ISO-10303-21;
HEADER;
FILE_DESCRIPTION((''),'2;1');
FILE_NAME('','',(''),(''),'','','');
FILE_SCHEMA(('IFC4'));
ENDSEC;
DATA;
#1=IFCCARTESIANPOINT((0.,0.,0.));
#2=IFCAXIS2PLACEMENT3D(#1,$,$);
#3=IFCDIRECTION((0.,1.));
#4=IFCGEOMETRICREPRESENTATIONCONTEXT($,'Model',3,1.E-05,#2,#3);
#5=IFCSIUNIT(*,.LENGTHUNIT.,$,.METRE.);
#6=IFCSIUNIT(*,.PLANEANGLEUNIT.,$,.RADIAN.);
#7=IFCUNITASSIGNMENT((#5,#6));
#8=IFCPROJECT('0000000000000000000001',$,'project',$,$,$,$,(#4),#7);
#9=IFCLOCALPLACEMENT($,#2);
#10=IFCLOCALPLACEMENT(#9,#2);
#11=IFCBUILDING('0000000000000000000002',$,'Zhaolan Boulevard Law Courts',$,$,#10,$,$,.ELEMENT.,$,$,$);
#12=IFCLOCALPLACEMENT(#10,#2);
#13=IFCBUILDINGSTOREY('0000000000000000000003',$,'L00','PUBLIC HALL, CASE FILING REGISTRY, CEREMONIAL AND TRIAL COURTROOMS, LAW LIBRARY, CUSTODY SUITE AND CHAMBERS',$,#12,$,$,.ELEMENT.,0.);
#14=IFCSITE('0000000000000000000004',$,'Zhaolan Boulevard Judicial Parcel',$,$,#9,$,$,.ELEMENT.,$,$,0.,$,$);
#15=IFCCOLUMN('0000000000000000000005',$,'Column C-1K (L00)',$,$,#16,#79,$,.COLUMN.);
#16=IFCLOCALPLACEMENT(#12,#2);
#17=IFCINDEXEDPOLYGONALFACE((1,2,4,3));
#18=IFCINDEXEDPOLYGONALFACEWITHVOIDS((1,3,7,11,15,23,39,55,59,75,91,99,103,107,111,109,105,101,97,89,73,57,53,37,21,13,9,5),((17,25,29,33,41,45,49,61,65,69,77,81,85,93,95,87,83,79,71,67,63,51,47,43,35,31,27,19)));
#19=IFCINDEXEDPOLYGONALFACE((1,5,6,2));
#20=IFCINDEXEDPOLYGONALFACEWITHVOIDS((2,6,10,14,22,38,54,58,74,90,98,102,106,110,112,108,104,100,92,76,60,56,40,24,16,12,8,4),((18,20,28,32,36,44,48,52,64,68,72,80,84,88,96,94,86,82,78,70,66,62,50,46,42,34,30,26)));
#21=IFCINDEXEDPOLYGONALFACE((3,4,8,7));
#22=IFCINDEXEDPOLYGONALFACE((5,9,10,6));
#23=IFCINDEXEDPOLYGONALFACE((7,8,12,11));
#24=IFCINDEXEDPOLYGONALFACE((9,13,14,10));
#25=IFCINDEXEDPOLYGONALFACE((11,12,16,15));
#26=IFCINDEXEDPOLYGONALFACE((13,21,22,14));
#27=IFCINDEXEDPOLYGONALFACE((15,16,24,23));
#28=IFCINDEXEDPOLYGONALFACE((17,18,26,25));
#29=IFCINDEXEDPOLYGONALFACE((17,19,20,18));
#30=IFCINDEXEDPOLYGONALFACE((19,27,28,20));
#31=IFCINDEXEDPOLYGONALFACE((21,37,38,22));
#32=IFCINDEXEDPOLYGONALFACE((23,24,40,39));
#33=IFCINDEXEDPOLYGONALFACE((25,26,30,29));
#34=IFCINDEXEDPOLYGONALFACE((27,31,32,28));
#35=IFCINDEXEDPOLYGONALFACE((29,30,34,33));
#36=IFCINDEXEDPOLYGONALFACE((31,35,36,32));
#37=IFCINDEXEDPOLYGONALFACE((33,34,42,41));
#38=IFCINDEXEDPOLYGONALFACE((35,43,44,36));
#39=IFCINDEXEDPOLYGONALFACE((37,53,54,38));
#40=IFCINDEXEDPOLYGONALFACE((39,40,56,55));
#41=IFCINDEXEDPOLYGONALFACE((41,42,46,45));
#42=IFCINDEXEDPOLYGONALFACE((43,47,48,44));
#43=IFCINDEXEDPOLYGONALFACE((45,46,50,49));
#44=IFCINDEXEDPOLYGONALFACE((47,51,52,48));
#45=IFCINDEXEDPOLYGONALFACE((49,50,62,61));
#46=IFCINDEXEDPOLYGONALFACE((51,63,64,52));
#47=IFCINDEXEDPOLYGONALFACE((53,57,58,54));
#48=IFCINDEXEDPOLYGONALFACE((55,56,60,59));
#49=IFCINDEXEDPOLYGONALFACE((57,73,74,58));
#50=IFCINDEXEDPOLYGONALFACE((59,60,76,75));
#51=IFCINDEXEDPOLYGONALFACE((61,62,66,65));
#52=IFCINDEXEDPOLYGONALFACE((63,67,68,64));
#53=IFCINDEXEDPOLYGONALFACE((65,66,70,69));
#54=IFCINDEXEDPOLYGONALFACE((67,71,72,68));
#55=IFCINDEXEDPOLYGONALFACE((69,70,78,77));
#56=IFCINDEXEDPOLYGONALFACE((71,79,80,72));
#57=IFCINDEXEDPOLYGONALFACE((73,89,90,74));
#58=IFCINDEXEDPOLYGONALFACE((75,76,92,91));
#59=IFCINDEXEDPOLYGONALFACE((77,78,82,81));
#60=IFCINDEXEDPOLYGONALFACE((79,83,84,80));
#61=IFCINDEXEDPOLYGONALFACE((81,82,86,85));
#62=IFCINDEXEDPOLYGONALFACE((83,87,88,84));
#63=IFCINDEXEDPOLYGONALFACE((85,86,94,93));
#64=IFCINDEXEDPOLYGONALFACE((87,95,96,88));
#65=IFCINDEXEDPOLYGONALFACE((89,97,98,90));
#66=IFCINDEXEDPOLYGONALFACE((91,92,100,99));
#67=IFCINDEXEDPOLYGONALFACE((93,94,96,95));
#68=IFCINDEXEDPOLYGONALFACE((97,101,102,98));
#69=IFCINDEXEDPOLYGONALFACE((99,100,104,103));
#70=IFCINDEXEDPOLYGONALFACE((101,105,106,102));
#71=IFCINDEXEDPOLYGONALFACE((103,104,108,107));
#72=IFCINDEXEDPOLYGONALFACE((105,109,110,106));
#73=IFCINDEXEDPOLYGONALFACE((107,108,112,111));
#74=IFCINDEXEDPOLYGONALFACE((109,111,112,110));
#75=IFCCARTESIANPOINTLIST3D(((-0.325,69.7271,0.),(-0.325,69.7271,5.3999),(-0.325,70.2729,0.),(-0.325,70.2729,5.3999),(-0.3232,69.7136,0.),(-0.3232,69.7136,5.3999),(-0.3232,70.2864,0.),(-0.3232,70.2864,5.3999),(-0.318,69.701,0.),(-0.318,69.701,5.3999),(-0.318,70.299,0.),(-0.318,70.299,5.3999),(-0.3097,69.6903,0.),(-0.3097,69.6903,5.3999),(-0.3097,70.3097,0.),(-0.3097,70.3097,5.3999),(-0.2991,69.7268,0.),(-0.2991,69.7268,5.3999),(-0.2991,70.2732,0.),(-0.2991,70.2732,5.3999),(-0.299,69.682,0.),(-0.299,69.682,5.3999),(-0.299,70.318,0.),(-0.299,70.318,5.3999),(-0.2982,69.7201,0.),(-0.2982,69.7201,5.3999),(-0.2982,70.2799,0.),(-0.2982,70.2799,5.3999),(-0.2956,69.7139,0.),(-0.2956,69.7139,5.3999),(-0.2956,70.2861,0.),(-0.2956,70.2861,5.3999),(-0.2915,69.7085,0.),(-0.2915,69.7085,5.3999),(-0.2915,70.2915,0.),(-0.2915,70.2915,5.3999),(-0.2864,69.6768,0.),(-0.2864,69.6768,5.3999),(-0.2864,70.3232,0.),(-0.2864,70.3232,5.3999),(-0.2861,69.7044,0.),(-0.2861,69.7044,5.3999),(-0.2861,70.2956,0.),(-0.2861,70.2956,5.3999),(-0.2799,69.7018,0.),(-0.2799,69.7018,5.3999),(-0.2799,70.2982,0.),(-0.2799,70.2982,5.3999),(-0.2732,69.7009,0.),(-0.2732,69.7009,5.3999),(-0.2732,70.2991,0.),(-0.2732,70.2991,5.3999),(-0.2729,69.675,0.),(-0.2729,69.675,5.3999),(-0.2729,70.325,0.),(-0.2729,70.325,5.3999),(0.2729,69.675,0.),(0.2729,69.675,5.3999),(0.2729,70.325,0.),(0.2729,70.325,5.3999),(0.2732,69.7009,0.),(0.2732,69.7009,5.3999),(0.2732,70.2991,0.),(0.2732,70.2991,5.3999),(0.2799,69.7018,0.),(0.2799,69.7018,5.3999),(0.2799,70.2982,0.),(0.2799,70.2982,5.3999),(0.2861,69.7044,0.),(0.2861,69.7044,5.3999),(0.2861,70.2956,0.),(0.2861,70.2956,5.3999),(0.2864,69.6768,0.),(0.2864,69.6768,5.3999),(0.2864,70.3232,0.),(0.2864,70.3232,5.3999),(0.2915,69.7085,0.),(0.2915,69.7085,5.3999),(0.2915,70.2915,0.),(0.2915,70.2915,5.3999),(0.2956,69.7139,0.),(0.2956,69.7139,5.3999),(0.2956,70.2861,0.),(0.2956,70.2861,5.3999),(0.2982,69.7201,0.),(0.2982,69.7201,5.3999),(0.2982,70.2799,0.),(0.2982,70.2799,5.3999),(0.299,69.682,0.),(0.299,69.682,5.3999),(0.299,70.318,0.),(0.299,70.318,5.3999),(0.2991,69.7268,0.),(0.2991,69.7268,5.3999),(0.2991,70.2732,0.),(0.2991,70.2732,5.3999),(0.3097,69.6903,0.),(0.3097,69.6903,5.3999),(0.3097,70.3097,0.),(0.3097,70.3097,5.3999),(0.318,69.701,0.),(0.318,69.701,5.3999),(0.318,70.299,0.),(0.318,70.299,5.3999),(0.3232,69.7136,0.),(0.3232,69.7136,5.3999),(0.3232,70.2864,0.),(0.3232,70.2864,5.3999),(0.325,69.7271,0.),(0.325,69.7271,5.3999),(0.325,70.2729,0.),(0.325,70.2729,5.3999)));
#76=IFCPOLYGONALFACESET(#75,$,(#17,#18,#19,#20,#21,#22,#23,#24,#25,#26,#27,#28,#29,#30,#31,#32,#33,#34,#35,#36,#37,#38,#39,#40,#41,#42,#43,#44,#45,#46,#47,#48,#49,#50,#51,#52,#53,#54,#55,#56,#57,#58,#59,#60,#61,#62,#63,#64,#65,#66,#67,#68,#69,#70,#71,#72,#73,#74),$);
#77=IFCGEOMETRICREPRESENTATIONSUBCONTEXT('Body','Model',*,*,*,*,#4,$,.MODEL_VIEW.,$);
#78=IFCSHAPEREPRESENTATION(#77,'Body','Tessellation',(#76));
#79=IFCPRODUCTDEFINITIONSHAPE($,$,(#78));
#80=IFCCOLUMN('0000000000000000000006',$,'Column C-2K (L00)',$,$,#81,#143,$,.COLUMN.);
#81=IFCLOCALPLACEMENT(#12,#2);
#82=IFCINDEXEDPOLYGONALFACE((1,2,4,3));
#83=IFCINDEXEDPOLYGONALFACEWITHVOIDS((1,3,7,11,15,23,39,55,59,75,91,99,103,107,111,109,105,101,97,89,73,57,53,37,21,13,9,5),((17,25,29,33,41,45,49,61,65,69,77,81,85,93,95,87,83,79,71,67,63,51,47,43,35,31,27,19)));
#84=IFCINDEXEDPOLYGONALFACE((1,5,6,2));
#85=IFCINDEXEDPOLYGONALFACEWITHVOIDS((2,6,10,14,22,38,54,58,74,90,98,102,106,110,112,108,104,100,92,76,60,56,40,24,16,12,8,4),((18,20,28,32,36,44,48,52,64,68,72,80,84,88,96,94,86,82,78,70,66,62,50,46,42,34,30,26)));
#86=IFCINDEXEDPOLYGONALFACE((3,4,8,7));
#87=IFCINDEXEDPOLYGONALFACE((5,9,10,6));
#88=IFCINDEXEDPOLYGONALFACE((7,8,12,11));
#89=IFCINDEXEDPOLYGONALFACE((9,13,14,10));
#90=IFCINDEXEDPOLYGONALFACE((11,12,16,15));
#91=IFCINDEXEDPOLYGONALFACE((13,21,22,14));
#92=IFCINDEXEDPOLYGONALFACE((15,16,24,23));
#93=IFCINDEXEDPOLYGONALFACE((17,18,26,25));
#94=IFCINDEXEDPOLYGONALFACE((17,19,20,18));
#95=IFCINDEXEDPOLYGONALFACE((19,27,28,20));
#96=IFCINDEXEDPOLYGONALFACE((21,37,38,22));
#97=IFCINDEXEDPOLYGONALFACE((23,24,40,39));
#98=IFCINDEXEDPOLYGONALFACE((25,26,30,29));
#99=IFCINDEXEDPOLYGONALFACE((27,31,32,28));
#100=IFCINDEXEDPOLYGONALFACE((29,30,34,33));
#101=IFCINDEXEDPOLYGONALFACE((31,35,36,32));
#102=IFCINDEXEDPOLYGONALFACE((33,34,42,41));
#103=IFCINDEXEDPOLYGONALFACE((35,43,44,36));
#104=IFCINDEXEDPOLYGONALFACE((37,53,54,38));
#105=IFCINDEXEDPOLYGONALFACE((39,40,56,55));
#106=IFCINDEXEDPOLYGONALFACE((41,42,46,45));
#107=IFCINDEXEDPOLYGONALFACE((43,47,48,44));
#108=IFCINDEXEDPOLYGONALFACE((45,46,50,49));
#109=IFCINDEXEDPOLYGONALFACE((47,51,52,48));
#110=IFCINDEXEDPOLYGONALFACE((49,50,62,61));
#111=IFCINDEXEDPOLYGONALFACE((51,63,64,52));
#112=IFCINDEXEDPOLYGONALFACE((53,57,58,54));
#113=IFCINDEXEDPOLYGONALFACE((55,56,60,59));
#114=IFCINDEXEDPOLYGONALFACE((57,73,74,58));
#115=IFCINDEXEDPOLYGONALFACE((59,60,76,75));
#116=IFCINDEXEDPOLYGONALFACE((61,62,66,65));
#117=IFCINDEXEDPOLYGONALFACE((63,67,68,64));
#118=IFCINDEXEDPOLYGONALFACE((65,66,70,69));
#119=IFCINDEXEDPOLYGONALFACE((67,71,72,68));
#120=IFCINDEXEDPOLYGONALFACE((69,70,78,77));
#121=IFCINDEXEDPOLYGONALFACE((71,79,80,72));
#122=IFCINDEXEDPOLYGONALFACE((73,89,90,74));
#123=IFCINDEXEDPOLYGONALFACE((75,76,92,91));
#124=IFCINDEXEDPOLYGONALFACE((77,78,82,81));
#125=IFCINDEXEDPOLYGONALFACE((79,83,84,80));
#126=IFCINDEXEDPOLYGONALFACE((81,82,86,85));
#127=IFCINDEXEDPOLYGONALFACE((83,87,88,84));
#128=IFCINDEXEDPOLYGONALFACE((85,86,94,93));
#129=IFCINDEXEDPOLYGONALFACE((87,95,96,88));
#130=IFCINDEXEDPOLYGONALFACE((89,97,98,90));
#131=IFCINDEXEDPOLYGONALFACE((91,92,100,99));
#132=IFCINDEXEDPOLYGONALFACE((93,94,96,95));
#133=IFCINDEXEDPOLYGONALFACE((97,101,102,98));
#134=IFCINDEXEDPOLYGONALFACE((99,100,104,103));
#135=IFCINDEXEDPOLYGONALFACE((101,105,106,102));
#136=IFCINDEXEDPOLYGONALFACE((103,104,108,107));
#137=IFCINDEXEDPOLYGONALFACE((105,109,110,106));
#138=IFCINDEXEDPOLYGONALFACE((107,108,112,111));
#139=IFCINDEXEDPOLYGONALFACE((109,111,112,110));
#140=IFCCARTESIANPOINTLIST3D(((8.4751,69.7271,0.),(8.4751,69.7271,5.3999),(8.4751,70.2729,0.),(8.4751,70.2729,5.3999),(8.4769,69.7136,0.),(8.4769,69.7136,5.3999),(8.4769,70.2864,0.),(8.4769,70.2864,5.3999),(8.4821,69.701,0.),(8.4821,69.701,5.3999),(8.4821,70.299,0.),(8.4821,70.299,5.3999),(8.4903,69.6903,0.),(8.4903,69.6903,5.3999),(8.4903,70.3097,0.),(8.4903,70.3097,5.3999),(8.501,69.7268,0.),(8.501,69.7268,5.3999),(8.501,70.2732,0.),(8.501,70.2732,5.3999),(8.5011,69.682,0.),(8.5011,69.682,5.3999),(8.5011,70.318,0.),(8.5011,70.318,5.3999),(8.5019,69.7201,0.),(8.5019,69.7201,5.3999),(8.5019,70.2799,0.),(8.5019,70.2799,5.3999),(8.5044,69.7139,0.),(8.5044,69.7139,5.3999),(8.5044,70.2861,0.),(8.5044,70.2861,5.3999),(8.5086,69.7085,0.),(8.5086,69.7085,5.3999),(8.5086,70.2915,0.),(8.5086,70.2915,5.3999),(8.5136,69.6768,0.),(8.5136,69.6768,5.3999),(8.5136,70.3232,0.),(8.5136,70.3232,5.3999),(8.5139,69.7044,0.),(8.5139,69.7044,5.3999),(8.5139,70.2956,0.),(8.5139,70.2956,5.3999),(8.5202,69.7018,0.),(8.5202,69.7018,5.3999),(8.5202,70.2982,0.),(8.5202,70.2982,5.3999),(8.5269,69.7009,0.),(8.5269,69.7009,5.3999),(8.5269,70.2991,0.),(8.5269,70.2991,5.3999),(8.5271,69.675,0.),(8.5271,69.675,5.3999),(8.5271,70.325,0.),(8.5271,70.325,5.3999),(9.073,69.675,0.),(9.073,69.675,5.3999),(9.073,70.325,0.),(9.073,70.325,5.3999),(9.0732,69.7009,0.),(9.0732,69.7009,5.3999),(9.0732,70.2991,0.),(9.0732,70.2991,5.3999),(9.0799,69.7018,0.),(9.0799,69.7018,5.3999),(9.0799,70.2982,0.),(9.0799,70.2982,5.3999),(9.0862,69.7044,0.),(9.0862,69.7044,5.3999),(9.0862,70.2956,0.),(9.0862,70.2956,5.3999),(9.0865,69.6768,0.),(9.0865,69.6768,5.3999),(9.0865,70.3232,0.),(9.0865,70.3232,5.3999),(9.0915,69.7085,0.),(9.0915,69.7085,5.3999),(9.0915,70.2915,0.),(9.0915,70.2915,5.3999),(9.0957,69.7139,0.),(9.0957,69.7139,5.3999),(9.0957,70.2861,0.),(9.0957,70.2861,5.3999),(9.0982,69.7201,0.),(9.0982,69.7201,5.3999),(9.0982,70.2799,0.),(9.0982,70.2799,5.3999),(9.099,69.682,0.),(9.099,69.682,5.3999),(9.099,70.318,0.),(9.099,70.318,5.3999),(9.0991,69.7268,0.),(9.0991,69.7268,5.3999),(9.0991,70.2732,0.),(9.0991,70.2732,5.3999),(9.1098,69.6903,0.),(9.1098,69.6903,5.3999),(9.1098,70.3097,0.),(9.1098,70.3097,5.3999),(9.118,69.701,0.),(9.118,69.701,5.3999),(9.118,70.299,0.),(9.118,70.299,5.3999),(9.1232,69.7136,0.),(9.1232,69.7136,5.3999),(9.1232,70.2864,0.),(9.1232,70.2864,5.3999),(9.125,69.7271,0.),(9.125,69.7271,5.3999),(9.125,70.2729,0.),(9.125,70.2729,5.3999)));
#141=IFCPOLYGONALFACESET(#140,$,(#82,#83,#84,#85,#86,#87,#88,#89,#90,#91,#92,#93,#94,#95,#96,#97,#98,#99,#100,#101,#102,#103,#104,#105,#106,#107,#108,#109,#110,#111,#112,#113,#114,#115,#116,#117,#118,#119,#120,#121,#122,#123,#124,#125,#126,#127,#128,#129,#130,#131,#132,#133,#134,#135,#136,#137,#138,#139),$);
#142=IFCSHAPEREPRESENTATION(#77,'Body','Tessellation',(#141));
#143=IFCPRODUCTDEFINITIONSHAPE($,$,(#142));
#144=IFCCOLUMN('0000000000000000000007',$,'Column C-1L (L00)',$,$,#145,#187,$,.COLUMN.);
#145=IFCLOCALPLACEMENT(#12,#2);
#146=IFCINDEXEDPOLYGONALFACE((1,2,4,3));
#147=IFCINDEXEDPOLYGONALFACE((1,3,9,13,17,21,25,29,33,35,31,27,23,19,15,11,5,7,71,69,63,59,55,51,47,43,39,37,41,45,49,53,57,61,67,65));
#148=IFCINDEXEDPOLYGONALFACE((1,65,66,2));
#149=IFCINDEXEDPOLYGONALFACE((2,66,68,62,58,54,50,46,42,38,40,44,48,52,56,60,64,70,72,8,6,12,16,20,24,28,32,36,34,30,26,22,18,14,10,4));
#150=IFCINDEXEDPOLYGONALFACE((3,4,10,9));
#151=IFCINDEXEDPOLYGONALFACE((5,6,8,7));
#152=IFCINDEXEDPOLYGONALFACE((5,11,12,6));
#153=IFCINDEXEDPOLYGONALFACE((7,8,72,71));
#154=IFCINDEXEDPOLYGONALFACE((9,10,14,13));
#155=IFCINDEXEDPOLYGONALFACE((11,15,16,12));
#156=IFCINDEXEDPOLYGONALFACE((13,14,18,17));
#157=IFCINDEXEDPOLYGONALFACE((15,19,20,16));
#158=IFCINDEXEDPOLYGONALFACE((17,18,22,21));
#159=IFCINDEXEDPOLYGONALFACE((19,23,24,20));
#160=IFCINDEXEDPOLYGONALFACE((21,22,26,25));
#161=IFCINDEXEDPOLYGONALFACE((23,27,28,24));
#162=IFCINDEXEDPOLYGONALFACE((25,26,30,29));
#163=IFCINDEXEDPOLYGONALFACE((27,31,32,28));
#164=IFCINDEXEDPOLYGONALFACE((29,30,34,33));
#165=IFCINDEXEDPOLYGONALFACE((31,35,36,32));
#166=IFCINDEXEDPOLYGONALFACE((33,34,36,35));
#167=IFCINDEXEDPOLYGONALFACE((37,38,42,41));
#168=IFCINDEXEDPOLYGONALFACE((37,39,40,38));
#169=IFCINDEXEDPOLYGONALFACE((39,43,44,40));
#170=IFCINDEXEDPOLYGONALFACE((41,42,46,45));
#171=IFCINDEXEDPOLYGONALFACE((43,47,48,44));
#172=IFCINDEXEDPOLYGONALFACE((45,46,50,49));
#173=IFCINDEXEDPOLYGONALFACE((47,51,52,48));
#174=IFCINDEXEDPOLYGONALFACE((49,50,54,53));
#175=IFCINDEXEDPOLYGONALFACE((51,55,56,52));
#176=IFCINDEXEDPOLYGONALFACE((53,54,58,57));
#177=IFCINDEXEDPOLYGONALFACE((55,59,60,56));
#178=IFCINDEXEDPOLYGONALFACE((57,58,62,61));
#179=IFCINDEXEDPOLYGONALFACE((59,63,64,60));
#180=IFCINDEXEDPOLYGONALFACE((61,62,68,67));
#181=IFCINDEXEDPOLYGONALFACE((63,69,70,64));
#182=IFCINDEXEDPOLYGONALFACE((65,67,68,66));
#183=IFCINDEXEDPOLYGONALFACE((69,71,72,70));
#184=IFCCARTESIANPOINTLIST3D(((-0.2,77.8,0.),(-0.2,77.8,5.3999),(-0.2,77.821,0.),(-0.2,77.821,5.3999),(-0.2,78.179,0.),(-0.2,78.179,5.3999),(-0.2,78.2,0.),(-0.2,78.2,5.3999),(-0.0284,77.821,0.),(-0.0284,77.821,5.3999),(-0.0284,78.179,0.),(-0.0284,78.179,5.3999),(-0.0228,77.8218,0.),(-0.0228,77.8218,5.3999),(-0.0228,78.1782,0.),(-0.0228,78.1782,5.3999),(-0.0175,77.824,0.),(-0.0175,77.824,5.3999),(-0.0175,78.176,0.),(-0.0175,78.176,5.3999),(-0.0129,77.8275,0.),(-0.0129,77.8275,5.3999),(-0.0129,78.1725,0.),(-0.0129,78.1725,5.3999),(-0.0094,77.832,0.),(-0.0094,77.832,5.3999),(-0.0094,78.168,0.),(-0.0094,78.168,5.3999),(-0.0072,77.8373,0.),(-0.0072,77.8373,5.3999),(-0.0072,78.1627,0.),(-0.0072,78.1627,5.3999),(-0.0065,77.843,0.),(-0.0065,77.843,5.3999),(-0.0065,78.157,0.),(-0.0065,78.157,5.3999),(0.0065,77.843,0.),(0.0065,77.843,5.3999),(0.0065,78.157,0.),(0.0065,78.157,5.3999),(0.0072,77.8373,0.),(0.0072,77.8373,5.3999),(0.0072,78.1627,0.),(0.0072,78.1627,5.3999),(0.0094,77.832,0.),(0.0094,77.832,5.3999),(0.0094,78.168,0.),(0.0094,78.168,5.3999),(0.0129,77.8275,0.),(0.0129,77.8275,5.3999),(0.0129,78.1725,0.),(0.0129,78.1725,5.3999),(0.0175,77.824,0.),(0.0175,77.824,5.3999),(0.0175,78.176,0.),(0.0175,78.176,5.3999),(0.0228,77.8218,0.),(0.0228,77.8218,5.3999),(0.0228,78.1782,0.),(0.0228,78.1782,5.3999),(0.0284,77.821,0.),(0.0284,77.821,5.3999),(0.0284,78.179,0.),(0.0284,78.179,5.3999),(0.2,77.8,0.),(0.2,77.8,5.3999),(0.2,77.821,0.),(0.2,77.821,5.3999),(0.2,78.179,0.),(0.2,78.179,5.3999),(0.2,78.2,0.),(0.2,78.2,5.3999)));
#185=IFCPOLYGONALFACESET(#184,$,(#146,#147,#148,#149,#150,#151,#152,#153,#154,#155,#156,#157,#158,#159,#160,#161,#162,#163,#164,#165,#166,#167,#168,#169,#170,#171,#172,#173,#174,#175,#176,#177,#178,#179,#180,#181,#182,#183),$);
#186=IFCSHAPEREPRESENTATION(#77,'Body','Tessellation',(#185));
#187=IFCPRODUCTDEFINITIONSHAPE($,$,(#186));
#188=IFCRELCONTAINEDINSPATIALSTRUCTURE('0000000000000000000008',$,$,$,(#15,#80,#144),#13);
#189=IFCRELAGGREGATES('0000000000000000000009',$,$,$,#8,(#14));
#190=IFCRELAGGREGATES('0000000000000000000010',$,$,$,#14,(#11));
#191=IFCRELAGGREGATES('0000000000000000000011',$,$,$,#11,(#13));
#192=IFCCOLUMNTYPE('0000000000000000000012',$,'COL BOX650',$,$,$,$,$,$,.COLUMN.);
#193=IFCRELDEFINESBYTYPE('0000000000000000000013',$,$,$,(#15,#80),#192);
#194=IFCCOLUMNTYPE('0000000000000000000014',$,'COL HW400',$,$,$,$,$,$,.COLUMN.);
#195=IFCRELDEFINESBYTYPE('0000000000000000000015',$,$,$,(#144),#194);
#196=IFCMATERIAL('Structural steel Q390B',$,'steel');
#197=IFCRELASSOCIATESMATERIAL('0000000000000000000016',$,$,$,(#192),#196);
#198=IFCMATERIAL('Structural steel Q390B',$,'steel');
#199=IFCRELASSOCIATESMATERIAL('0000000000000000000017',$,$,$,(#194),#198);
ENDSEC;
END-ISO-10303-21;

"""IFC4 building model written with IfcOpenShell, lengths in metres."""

from ifc_helpers import new_model, si_unit, direction, frame, origin, origin_2d, place, context, subcontext, project, spatial, hollow_rectangle, i_section, extrude, material, material_profile, profile_set, type_object, element, save


model = new_model("IFC4")

# Units and contexts
model_context = context("Model", 3, precision=1e-05, world=origin(), true_north=direction((0.0, 1.0)))
body_context = subcontext(model_context, "Body", "Model", "MODEL_VIEW")
ifc_project = project(units=[si_unit("LENGTHUNIT", "METRE"), si_unit("PLANEANGLEUNIT", "RADIAN")], contexts=[model_context])

# Site, building, storey
site_placement = place(None, origin())
site = spatial("IfcSite", under=ifc_project, at=site_placement, Name="Zhaolan Boulevard Judicial Parcel", CompositionType="ELEMENT", RefElevation=0.0)
building_placement = place(site_placement, origin())
building = spatial("IfcBuilding", under=site, at=building_placement, Name="Zhaolan Boulevard Law Courts", CompositionType="ELEMENT")
storey_placement = place(building_placement, origin())
storey = spatial("IfcBuildingStorey", under=building, at=storey_placement, Name="L00", Description="PUBLIC HALL, CASE FILING REGISTRY, CEREMONIAL AND TRIAL COURTROOMS, LAW LIBRARY, CUSTODY SUITE AND CHAMBERS", CompositionType="ELEMENT", Elevation=0.0)

# Columns
ifc_material_1 = material(Name="Structural steel Q390B", Category="steel")
ifc_material_profile_1 = material_profile(ifc_material_1, hollow_rectangle(XDim=0.6499, YDim=0.6499, WallThickness=0.0259, InnerFilletRadius=0.0259, OuterFilletRadius=0.052, at=origin_2d()), Name="BOX650x650x26")
ifc_profile_set_1 = profile_set([ifc_material_profile_1], Name="Structural steel Q390B")
column_type_1 = type_object("IfcColumnType", Name="COL BOX650", PredefinedType="COLUMN", material=ifc_profile_set_1)
for number, where, z_axis, x_axis, name in (
    (1, (0.0, 70.0, 0.0), (0.0, 0.0, 1.0), (1.0, 0.0, 0.0), "Column C-1K (L00)"),
    (2, (8.8, 70.0, 0.0), (0.0, 0.0, 1.0), (1.0, 0.0, 0.0), "Column C-2K (L00)"),
):
    element("IfcColumn", number, at=place(storey_placement, frame(where, z_axis=z_axis, x_axis=x_axis)), inside=storey, type_object=column_type_1, Name=name, PredefinedType="COLUMN", context=body_context, shape_type="SweptSolid", body=[
        extrude(hollow_rectangle(XDim=0.6499, YDim=0.6499, WallThickness=0.0259, InnerFilletRadius=0.0259, OuterFilletRadius=0.052, at=origin_2d()), origin(), (0.0, 0.0, 1.0), 5.3999),
    ])
ifc_material_2 = material(Name="Structural steel Q390B", Category="steel")
ifc_material_profile_2 = material_profile(ifc_material_2, i_section(OverallWidth=0.3999, OverallDepth=0.3999, WebThickness=0.0129, FlangeThickness=0.021, FilletRadius=0.022, at=origin_2d()), Name="HW400x400")
ifc_profile_set_2 = profile_set([ifc_material_profile_2], Name="Structural steel Q390B")
column_type_2 = type_object("IfcColumnType", Name="COL HW400", PredefinedType="COLUMN", material=ifc_profile_set_2)
column_placement = place(storey_placement, frame((0.0, 78.0, 0.0), z_axis=(0.0, 0.0, 1.0), x_axis=(1.0, 0.0, 0.0)))
element("IfcColumn", 3, at=column_placement, inside=storey, type_object=column_type_2, Name="Column C-1L (L00)", PredefinedType="COLUMN", context=body_context, shape_type="SweptSolid", body=[
    extrude(i_section(OverallWidth=0.3999, OverallDepth=0.3999, WebThickness=0.0129, FlangeThickness=0.021, FilletRadius=0.022, at=origin_2d()), origin(), (0.0, 0.0, 1.0), 5.3999),
])

save(model, "model.ifc")
